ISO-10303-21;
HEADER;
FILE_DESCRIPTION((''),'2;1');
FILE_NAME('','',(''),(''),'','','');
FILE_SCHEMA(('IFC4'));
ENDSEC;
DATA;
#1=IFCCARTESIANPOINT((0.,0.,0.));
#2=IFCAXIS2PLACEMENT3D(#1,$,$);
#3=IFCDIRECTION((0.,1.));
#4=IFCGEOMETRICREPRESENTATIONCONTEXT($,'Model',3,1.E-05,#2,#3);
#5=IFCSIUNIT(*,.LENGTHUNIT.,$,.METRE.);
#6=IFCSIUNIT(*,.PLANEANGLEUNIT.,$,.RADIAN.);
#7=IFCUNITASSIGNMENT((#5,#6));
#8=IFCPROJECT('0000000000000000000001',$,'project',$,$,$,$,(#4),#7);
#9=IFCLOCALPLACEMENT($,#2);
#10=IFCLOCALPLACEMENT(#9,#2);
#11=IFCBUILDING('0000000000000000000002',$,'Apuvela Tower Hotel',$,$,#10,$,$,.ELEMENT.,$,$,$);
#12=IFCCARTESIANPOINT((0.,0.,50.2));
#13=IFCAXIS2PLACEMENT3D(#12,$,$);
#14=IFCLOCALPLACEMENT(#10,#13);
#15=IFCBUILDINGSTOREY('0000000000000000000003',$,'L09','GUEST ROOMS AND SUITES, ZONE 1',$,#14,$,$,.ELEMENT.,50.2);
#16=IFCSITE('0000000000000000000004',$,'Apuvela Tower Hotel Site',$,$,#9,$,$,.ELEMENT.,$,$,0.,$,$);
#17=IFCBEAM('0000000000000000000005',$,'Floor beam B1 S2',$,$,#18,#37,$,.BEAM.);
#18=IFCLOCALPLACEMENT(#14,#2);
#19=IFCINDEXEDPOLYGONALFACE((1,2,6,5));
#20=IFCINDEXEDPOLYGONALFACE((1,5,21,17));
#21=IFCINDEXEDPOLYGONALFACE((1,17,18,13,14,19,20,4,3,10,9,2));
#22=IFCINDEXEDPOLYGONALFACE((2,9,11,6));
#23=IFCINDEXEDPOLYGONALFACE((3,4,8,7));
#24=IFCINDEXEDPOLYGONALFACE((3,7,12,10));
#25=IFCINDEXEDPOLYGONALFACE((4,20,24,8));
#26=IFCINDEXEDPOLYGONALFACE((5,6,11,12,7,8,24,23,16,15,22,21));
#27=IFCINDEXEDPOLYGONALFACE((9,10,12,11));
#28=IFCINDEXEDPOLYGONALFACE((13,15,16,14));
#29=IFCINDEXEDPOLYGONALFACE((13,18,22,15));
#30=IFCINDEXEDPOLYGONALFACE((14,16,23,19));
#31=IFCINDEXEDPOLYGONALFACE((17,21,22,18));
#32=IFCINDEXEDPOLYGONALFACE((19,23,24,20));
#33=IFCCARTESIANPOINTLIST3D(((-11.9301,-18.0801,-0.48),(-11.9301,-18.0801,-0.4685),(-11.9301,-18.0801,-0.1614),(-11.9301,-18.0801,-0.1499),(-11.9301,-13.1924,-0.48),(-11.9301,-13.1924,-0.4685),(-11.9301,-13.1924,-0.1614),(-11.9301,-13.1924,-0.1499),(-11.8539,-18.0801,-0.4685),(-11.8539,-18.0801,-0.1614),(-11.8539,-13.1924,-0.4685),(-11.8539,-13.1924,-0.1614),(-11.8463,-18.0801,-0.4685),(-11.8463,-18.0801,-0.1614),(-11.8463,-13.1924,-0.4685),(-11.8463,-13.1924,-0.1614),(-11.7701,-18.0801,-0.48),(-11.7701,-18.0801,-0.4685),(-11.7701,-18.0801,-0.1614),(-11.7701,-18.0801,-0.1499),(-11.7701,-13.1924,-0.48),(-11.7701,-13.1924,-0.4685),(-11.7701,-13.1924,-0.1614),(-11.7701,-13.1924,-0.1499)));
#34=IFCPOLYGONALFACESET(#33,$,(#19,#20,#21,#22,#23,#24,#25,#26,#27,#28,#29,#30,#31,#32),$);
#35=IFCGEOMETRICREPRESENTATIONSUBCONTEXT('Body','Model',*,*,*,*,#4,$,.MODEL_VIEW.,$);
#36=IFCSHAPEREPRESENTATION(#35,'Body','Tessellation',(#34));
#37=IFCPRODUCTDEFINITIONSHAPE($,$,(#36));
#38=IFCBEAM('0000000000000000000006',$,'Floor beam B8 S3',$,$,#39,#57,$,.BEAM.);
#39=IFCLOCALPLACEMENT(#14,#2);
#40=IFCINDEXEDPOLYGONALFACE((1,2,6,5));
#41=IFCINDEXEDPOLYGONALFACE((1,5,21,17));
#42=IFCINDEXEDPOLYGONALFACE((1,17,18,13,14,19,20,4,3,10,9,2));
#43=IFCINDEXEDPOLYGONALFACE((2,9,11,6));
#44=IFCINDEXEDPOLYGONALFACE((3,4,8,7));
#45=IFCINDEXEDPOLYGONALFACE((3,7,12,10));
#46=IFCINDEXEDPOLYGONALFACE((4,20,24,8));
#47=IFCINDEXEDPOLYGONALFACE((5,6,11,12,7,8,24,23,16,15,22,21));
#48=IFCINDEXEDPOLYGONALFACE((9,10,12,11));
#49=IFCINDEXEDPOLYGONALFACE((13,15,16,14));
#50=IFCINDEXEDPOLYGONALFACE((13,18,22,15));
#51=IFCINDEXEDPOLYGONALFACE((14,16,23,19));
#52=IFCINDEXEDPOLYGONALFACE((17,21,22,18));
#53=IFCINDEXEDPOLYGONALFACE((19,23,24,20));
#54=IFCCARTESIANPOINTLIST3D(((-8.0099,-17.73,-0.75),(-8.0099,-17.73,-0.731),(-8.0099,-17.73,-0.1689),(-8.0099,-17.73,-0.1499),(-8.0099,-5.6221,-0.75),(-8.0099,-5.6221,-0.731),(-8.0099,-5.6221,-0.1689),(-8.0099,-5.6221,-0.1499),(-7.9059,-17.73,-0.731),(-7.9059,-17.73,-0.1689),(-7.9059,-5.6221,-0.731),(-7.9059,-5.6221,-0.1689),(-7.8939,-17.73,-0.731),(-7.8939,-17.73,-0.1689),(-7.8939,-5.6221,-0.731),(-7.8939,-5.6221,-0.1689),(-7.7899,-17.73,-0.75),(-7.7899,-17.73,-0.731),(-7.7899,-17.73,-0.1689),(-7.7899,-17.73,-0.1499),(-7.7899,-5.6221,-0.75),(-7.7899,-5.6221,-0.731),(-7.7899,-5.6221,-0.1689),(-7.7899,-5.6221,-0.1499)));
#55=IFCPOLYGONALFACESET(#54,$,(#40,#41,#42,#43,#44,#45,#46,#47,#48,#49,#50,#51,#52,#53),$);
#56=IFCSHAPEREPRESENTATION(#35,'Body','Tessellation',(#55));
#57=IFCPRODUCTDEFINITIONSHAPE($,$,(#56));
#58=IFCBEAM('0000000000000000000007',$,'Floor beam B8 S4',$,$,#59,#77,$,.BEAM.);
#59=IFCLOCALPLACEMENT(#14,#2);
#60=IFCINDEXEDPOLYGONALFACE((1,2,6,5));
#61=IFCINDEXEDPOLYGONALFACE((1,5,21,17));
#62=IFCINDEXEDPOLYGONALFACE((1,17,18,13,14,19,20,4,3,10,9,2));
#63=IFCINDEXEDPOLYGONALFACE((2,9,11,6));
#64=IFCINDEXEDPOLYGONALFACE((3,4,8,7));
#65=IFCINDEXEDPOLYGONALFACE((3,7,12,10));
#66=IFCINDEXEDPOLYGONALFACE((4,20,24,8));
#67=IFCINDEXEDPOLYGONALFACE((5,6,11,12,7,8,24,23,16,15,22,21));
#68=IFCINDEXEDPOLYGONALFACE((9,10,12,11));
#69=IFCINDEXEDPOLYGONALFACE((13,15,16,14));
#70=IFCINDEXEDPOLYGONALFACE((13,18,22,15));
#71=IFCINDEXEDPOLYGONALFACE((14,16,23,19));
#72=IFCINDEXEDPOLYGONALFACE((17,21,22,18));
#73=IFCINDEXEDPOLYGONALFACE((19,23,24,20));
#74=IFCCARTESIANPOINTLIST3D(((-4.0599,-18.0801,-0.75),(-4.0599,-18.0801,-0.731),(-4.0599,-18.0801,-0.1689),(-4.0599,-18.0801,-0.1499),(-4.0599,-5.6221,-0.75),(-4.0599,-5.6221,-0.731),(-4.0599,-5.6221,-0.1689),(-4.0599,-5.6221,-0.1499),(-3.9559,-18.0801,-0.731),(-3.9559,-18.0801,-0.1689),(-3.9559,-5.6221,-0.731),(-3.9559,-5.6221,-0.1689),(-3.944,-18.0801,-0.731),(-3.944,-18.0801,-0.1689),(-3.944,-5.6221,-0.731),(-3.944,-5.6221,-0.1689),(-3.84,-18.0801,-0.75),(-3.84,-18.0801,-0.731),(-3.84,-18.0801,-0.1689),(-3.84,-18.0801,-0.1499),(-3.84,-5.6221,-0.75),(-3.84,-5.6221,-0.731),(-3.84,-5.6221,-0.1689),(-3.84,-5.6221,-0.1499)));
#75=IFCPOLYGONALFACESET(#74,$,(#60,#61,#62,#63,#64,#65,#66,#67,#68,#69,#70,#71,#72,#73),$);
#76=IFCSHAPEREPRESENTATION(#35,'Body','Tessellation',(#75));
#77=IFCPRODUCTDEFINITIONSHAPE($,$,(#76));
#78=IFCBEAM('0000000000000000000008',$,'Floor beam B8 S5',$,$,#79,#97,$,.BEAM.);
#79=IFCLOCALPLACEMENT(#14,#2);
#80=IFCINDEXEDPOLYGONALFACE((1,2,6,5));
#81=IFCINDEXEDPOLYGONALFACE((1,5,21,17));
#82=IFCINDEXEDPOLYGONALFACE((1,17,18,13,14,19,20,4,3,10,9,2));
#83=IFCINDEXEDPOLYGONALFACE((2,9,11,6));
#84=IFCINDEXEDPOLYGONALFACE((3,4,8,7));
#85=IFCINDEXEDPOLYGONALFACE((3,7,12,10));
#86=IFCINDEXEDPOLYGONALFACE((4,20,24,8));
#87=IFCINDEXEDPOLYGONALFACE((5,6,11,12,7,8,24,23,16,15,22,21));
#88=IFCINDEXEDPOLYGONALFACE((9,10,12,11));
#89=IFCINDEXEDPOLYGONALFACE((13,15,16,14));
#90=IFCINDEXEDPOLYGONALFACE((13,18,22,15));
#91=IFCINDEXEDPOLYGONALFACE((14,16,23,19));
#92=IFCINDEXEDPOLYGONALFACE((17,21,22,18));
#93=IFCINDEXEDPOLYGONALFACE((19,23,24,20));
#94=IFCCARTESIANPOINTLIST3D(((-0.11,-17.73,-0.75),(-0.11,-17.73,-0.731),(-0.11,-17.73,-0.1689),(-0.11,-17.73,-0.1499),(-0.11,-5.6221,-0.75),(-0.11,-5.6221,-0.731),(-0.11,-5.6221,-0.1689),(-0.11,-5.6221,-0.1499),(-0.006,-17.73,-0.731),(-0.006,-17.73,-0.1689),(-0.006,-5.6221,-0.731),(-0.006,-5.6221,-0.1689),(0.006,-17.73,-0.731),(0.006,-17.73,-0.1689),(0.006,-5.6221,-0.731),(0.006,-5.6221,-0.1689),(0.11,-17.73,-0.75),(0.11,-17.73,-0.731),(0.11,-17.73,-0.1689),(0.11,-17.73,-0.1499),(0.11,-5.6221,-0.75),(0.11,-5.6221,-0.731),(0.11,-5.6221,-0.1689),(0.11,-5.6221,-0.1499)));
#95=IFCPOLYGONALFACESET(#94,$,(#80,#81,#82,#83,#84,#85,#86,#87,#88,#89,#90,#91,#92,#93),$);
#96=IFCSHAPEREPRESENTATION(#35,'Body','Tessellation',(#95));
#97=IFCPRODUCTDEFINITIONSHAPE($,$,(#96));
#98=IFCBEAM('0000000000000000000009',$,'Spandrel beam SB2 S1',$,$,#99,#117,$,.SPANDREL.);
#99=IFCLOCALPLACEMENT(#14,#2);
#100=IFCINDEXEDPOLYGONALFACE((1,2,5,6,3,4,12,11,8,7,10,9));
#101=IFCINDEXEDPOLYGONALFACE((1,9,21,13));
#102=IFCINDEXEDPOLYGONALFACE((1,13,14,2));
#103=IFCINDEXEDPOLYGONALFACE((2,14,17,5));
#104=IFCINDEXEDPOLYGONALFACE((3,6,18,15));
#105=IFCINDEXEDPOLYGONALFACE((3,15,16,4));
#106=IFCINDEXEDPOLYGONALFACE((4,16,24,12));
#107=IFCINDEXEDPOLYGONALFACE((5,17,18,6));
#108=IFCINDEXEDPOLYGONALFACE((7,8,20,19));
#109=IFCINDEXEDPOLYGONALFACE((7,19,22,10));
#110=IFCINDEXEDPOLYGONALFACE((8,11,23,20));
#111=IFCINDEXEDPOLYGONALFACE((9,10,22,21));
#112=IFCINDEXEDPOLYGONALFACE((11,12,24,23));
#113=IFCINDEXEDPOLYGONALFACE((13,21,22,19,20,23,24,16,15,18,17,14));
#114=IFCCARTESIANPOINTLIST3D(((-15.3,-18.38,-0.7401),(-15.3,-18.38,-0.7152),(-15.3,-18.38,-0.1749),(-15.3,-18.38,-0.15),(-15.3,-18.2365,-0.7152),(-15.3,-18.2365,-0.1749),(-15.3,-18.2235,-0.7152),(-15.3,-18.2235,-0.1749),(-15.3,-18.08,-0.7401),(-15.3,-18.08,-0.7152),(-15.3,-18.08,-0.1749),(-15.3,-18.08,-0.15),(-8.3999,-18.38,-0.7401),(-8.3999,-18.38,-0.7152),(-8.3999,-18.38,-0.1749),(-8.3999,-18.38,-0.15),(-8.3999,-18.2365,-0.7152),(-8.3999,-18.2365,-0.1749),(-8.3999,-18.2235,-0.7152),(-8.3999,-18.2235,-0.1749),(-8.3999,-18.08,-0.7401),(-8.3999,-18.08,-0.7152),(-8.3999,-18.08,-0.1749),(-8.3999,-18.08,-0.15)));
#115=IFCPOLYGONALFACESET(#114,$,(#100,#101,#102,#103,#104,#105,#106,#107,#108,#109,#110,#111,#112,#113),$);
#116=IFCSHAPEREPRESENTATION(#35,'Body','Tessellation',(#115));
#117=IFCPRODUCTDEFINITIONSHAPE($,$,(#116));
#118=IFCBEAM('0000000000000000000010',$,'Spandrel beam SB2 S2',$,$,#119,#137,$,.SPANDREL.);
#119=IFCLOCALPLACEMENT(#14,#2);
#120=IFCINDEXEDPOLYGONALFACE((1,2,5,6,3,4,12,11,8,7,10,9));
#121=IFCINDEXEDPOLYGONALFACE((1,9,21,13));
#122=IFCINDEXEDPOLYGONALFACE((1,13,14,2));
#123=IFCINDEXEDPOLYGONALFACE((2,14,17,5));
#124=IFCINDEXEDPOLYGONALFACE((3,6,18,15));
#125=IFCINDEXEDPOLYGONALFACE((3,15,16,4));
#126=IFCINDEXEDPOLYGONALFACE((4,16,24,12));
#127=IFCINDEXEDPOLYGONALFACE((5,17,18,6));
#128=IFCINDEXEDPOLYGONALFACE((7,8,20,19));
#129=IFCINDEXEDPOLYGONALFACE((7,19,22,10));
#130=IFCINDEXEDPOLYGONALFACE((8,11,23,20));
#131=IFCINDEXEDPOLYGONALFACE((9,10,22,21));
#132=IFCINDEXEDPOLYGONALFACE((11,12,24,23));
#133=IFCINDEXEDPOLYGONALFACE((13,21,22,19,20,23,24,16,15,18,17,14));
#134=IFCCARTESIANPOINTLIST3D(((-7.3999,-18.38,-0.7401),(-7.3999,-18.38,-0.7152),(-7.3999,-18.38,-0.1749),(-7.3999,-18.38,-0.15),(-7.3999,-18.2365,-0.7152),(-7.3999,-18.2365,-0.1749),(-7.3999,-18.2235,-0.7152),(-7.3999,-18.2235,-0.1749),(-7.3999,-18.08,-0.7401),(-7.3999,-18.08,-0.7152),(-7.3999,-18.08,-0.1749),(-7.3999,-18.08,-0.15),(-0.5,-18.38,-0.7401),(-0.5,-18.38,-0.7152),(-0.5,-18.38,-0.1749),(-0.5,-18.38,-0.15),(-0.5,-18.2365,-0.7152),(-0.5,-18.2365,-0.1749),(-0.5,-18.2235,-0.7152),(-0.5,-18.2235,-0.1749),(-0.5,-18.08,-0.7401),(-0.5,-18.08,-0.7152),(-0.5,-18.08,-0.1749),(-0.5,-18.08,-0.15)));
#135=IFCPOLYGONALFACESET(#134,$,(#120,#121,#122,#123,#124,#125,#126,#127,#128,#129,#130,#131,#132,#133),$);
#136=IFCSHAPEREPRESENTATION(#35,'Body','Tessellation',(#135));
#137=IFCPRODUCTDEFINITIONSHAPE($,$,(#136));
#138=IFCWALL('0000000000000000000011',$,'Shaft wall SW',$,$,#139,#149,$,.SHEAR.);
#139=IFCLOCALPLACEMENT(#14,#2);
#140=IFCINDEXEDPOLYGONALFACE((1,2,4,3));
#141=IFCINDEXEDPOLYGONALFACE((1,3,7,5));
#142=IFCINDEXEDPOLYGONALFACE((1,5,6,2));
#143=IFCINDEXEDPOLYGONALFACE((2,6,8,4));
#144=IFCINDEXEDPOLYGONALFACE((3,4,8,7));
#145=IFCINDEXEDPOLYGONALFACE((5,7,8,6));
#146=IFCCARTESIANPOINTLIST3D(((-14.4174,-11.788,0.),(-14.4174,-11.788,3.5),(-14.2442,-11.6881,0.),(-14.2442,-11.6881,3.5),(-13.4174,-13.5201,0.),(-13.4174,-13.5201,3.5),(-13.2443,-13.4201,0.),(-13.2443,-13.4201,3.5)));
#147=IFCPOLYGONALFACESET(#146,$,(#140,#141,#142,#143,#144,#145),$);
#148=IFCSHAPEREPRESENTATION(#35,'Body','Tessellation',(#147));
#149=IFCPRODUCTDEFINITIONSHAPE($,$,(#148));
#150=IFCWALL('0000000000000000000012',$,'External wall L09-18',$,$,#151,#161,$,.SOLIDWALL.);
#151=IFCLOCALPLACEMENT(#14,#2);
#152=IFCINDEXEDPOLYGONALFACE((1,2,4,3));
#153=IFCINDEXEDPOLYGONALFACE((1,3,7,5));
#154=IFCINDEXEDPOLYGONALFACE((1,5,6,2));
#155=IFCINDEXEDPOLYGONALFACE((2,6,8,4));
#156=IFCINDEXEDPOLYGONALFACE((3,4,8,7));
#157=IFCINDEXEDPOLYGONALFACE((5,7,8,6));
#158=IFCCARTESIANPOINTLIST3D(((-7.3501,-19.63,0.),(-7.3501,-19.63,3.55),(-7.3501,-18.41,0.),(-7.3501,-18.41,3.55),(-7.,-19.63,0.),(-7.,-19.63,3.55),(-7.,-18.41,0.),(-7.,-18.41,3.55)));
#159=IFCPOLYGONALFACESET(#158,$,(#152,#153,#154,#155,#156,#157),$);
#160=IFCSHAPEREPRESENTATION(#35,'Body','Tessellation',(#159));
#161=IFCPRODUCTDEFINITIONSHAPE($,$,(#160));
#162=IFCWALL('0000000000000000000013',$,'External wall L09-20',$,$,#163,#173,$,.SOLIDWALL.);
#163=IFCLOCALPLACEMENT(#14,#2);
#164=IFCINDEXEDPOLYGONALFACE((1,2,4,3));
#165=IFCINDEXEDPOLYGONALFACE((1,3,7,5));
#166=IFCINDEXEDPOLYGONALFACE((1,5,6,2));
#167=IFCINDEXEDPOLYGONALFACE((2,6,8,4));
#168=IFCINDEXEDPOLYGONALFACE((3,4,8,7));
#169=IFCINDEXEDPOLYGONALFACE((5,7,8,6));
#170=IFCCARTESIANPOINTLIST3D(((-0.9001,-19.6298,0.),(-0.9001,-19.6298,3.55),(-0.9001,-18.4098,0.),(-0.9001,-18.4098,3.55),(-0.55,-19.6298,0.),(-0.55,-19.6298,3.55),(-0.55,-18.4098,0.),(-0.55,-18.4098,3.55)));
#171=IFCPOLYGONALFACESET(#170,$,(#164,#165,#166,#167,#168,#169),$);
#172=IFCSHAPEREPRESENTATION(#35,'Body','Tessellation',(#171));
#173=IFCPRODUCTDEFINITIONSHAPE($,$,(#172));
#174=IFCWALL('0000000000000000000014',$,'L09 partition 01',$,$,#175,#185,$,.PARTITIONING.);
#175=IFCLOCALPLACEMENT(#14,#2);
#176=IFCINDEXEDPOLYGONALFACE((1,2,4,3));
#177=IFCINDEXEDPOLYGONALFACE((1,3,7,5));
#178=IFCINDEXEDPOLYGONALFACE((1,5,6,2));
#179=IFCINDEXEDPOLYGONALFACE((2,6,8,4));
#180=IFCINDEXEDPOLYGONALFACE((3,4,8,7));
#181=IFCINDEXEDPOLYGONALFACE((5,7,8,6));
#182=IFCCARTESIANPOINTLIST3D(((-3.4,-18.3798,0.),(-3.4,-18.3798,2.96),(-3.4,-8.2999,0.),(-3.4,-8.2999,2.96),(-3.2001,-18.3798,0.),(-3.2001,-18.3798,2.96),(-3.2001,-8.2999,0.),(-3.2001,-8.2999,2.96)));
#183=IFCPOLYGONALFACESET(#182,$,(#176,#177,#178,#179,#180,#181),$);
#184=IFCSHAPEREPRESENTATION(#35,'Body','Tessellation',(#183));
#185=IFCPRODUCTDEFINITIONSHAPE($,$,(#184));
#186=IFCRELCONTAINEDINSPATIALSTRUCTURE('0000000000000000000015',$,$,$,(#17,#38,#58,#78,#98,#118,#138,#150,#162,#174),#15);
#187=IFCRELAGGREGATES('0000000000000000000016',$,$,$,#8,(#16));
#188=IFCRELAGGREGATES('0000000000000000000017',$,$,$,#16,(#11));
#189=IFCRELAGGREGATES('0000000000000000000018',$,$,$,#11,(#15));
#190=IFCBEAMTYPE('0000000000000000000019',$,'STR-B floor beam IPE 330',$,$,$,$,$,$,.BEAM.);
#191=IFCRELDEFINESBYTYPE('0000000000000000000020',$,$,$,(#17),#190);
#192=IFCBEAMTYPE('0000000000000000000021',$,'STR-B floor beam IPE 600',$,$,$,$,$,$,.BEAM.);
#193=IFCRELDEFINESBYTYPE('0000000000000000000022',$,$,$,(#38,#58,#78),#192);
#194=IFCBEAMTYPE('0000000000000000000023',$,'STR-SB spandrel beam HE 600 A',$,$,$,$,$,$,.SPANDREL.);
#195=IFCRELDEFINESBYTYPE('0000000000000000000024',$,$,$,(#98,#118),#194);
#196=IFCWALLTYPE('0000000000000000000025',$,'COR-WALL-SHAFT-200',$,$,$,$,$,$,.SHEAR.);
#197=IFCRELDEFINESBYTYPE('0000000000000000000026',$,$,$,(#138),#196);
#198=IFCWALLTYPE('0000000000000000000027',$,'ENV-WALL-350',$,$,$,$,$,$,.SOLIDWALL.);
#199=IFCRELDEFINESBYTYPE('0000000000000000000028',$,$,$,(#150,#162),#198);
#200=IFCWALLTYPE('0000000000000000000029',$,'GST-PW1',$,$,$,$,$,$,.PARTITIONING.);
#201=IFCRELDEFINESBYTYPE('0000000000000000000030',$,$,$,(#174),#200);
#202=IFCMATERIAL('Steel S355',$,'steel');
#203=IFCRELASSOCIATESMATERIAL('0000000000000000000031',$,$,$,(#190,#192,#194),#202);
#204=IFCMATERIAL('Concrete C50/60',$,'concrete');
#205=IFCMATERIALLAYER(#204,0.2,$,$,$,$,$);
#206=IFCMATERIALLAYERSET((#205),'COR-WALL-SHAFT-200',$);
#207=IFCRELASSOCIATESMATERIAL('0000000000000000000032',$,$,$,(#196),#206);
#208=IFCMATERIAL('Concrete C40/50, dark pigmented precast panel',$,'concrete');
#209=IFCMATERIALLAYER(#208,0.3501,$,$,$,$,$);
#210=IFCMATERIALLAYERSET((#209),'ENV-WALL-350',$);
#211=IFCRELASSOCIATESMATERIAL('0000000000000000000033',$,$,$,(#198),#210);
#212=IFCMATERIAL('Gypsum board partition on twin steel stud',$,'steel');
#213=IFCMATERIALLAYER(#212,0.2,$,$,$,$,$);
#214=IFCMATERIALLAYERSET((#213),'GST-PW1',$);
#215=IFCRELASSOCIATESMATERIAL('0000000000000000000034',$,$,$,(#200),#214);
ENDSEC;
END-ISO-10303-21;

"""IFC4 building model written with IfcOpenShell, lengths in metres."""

from ifc_helpers import new_model, si_unit, direction, frame, frame_2d, origin, origin_2d, place, context, subcontext, project, spatial, rectangle, i_section, extrude, material, layer, layer_set, material_profile, profile_set, type_object, element, save


model = new_model("IFC4")

# Units and contexts
model_context = context("Model", 3, precision=1e-05, world=origin(), true_north=direction((0.0, 1.0)))
body_context = subcontext(model_context, "Body", "Model", "MODEL_VIEW")
ifc_project = project(units=[si_unit("LENGTHUNIT", "METRE"), si_unit("PLANEANGLEUNIT", "RADIAN")], contexts=[model_context])

# Site, building, storey
site_placement = place(None, origin())
site = spatial("IfcSite", under=ifc_project, at=site_placement, Name="Apuvela Tower Hotel Site", CompositionType="ELEMENT", RefElevation=0.0)
building_placement = place(site_placement, origin())
building = spatial("IfcBuilding", under=site, at=building_placement, Name="Apuvela Tower Hotel", CompositionType="ELEMENT")
storey_placement = place(building_placement, frame((0.0, 0.0, 50.2)))
storey = spatial("IfcBuildingStorey", under=building, at=storey_placement, Name="L09", Description="GUEST ROOMS AND SUITES, ZONE 1", CompositionType="ELEMENT", Elevation=50.2)

# Beams
ifc_material_1 = material(Name="Steel S355", Category="steel")
ifc_material_profile_1 = material_profile(ifc_material_1, i_section(OverallWidth=0.1599, OverallDepth=0.3301, WebThickness=0.0076, FlangeThickness=0.0115, at=origin_2d()), Name="IPE 330")
ifc_profile_set_1 = profile_set([ifc_material_profile_1], Name="Steel S355")
beam_type_1 = type_object("IfcBeamType", Name="STR-B floor beam IPE 330", PredefinedType="BEAM", material=ifc_profile_set_1)
beam_1_placement = place(storey_placement, frame((-11.8501, -18.0801, -0.3149), z_axis=(0.0, 1.0, 0.0), x_axis=(-1.0, 0.0, 0.0)))
element("IfcBeam", 1, at=beam_1_placement, inside=storey, type_object=beam_type_1, Name="Floor beam B1 S2", PredefinedType="BEAM", context=body_context, shape_type="SweptSolid", body=[
    extrude(i_section(OverallWidth=0.1599, OverallDepth=0.3301, WebThickness=0.0076, FlangeThickness=0.0115, at=origin_2d()), origin(), (0.0, 0.0, 1.0), 4.8877),
])
ifc_material_profile_2 = material_profile(ifc_material_1, i_section(OverallWidth=0.22, OverallDepth=0.6001, WebThickness=0.012, FlangeThickness=0.019, at=origin_2d()), Name="IPE 600")
ifc_profile_set_2 = profile_set([ifc_material_profile_2], Name="Steel S355")
beam_type_2 = type_object("IfcBeamType", Name="STR-B floor beam IPE 600", PredefinedType="BEAM", material=ifc_profile_set_2)
beam_2_placement = place(storey_placement, frame((-7.8999, -17.73, -0.45), z_axis=(0.0, 1.0, 0.0), x_axis=(-1.0, 0.0, 0.0)))
element("IfcBeam", 2, at=beam_2_placement, inside=storey, type_object=beam_type_2, Name="Floor beam B8 S3", PredefinedType="BEAM", context=body_context, shape_type="SweptSolid", body=[
    extrude(i_section(OverallWidth=0.22, OverallDepth=0.6001, WebThickness=0.012, FlangeThickness=0.019, at=origin_2d()), origin(), (0.0, 0.0, 1.0), 12.1079),
])
beam_3_placement = place(storey_placement, frame((-3.95, -18.0801, -0.45), z_axis=(0.0, 1.0, 0.0), x_axis=(-1.0, 0.0, 0.0)))
element("IfcBeam", 3, at=beam_3_placement, inside=storey, type_object=beam_type_2, Name="Floor beam B8 S4", PredefinedType="BEAM", context=body_context, shape_type="SweptSolid", body=[
    extrude(i_section(OverallWidth=0.22, OverallDepth=0.6001, WebThickness=0.012, FlangeThickness=0.019, at=origin_2d()), origin(), (0.0, 0.0, 1.0), 12.458),
])
beam_4_placement = place(storey_placement, frame((0.0, -17.73, -0.45), z_axis=(0.0, 1.0, 0.0), x_axis=(-1.0, 0.0, 0.0)))
element("IfcBeam", 4, at=beam_4_placement, inside=storey, type_object=beam_type_2, Name="Floor beam B8 S5", PredefinedType="BEAM", context=body_context, shape_type="SweptSolid", body=[
    extrude(i_section(OverallWidth=0.22, OverallDepth=0.6001, WebThickness=0.012, FlangeThickness=0.019, at=origin_2d()), origin(), (0.0, 0.0, 1.0), 12.1079),
])
ifc_material_profile_3 = material_profile(ifc_material_1, i_section(OverallWidth=0.3, OverallDepth=0.5901, WebThickness=0.0129, FlangeThickness=0.0249, at=origin_2d()), Name="HE 600 A")
ifc_profile_set_3 = profile_set([ifc_material_profile_3], Name="Steel S355")
beam_type_3 = type_object("IfcBeamType", Name="STR-SB spandrel beam HE 600 A", PredefinedType="SPANDREL", material=ifc_profile_set_3)
beam_5_placement = place(storey_placement, frame((-15.3, -18.23, -0.4451), z_axis=(1.0, 0.0, 0.0), x_axis=(0.0, 1.0, 0.0)))
element("IfcBeam", 5, at=beam_5_placement, inside=storey, type_object=beam_type_3, Name="Spandrel beam SB2 S1", PredefinedType="SPANDREL", context=body_context, shape_type="SweptSolid", body=[
    extrude(i_section(OverallWidth=0.3, OverallDepth=0.5901, WebThickness=0.0129, FlangeThickness=0.0249, at=origin_2d()), origin(), (0.0, 0.0, 1.0), 6.9001),
])
beam_6_placement = place(storey_placement, frame((-7.3999, -18.23, -0.4451), z_axis=(1.0, 0.0, 0.0), x_axis=(0.0, 1.0, 0.0)))
element("IfcBeam", 6, at=beam_6_placement, inside=storey, type_object=beam_type_3, Name="Spandrel beam SB2 S2", PredefinedType="SPANDREL", context=body_context, shape_type="SweptSolid", body=[
    extrude(i_section(OverallWidth=0.3, OverallDepth=0.5901, WebThickness=0.0129, FlangeThickness=0.0249, at=origin_2d()), origin(), (0.0, 0.0, 1.0), 6.8999),
])

# Walls
ifc_material_2 = material(Name="Concrete C50/60", Category="concrete")
ifc_layer_1 = layer(ifc_material_2, 0.2)
ifc_layer_set_1 = layer_set([ifc_layer_1], Name="COR-WALL-SHAFT-200")
wall_type_1 = type_object("IfcWallType", Name="COR-WALL-SHAFT-200", PredefinedType="SHEAR", material=ifc_layer_set_1)
wall_1_placement = place(storey_placement, frame((-14.3308, -11.738, 0.0), z_axis=(0.0, 0.0, 1.0), x_axis=(0.499973, -0.866041, 0.0)))
element("IfcWall", 7, at=wall_1_placement, inside=storey, type_object=wall_type_1, Name="Shaft wall SW", PredefinedType="SHEAR", context=body_context, shape_type="SweptSolid", body=[
    extrude(rectangle(XDim=2.0, YDim=0.2, at=frame_2d((1.0, 0.0))), origin(), (0.0, 0.0, 1.0), 3.5),
])
ifc_material_3 = material(Name="Concrete C40/50, dark pigmented precast panel", Category="concrete")
ifc_layer_2 = layer(ifc_material_3, 0.3501)
ifc_layer_set_2 = layer_set([ifc_layer_2], Name="ENV-WALL-350")
wall_type_2 = type_object("IfcWallType", Name="ENV-WALL-350", PredefinedType="SOLIDWALL", material=ifc_layer_set_2)
wall_2_placement = place(storey_placement, frame((-7.175, -19.6299, 0.0), z_axis=(0.0, 0.0, 1.0), x_axis=(0.0, 1.0, 0.0)))
element("IfcWall", 8, at=wall_2_placement, inside=storey, type_object=wall_type_2, Name="External wall L09-18", PredefinedType="SOLIDWALL", context=body_context, shape_type="SweptSolid", body=[
    extrude(rectangle(XDim=1.22, YDim=0.3501, at=frame_2d((0.6099, 0.0))), origin(), (0.0, 0.0, 1.0), 3.55),
])

# Wall
wall_3_placement = place(storey_placement, frame((-0.7251, -18.4099, 0.0), z_axis=(0.0, 0.0, 1.0), x_axis=(0.0, -1.0, 0.0)))
element("IfcWall", 9, at=wall_3_placement, inside=storey, type_object=wall_type_2, Name="External wall L09-20", PredefinedType="SOLIDWALL", context=body_context, shape_type="SweptSolid", body=[
    extrude(rectangle(XDim=1.22, YDim=0.3501, at=frame_2d((0.6099, 0.0))), origin(), (0.0, 0.0, 1.0), 3.55),
])

# Wall
ifc_material_4 = material(Name="Gypsum board partition on twin steel stud", Category="steel")
ifc_layer_3 = layer(ifc_material_4, 0.2)
ifc_layer_set_3 = layer_set([ifc_layer_3], Name="GST-PW1")
wall_type_3 = type_object("IfcWallType", Name="GST-PW1", PredefinedType="PARTITIONING", material=ifc_layer_set_3)
wall_4_placement = place(storey_placement, frame((-3.3, -18.3799, 0.0), z_axis=(0.0, 0.0, 1.0), x_axis=(0.0, 1.0, 0.0)))
element("IfcWall", 10, at=wall_4_placement, inside=storey, type_object=wall_type_3, Name="L09 partition 01", PredefinedType="PARTITIONING", context=body_context, shape_type="SweptSolid", body=[
    extrude(rectangle(XDim=10.0798, YDim=0.2, at=frame_2d((5.04, 0.0))), origin(), (0.0, 0.0, 1.0), 2.96),
])

save(model, "model.ifc")
